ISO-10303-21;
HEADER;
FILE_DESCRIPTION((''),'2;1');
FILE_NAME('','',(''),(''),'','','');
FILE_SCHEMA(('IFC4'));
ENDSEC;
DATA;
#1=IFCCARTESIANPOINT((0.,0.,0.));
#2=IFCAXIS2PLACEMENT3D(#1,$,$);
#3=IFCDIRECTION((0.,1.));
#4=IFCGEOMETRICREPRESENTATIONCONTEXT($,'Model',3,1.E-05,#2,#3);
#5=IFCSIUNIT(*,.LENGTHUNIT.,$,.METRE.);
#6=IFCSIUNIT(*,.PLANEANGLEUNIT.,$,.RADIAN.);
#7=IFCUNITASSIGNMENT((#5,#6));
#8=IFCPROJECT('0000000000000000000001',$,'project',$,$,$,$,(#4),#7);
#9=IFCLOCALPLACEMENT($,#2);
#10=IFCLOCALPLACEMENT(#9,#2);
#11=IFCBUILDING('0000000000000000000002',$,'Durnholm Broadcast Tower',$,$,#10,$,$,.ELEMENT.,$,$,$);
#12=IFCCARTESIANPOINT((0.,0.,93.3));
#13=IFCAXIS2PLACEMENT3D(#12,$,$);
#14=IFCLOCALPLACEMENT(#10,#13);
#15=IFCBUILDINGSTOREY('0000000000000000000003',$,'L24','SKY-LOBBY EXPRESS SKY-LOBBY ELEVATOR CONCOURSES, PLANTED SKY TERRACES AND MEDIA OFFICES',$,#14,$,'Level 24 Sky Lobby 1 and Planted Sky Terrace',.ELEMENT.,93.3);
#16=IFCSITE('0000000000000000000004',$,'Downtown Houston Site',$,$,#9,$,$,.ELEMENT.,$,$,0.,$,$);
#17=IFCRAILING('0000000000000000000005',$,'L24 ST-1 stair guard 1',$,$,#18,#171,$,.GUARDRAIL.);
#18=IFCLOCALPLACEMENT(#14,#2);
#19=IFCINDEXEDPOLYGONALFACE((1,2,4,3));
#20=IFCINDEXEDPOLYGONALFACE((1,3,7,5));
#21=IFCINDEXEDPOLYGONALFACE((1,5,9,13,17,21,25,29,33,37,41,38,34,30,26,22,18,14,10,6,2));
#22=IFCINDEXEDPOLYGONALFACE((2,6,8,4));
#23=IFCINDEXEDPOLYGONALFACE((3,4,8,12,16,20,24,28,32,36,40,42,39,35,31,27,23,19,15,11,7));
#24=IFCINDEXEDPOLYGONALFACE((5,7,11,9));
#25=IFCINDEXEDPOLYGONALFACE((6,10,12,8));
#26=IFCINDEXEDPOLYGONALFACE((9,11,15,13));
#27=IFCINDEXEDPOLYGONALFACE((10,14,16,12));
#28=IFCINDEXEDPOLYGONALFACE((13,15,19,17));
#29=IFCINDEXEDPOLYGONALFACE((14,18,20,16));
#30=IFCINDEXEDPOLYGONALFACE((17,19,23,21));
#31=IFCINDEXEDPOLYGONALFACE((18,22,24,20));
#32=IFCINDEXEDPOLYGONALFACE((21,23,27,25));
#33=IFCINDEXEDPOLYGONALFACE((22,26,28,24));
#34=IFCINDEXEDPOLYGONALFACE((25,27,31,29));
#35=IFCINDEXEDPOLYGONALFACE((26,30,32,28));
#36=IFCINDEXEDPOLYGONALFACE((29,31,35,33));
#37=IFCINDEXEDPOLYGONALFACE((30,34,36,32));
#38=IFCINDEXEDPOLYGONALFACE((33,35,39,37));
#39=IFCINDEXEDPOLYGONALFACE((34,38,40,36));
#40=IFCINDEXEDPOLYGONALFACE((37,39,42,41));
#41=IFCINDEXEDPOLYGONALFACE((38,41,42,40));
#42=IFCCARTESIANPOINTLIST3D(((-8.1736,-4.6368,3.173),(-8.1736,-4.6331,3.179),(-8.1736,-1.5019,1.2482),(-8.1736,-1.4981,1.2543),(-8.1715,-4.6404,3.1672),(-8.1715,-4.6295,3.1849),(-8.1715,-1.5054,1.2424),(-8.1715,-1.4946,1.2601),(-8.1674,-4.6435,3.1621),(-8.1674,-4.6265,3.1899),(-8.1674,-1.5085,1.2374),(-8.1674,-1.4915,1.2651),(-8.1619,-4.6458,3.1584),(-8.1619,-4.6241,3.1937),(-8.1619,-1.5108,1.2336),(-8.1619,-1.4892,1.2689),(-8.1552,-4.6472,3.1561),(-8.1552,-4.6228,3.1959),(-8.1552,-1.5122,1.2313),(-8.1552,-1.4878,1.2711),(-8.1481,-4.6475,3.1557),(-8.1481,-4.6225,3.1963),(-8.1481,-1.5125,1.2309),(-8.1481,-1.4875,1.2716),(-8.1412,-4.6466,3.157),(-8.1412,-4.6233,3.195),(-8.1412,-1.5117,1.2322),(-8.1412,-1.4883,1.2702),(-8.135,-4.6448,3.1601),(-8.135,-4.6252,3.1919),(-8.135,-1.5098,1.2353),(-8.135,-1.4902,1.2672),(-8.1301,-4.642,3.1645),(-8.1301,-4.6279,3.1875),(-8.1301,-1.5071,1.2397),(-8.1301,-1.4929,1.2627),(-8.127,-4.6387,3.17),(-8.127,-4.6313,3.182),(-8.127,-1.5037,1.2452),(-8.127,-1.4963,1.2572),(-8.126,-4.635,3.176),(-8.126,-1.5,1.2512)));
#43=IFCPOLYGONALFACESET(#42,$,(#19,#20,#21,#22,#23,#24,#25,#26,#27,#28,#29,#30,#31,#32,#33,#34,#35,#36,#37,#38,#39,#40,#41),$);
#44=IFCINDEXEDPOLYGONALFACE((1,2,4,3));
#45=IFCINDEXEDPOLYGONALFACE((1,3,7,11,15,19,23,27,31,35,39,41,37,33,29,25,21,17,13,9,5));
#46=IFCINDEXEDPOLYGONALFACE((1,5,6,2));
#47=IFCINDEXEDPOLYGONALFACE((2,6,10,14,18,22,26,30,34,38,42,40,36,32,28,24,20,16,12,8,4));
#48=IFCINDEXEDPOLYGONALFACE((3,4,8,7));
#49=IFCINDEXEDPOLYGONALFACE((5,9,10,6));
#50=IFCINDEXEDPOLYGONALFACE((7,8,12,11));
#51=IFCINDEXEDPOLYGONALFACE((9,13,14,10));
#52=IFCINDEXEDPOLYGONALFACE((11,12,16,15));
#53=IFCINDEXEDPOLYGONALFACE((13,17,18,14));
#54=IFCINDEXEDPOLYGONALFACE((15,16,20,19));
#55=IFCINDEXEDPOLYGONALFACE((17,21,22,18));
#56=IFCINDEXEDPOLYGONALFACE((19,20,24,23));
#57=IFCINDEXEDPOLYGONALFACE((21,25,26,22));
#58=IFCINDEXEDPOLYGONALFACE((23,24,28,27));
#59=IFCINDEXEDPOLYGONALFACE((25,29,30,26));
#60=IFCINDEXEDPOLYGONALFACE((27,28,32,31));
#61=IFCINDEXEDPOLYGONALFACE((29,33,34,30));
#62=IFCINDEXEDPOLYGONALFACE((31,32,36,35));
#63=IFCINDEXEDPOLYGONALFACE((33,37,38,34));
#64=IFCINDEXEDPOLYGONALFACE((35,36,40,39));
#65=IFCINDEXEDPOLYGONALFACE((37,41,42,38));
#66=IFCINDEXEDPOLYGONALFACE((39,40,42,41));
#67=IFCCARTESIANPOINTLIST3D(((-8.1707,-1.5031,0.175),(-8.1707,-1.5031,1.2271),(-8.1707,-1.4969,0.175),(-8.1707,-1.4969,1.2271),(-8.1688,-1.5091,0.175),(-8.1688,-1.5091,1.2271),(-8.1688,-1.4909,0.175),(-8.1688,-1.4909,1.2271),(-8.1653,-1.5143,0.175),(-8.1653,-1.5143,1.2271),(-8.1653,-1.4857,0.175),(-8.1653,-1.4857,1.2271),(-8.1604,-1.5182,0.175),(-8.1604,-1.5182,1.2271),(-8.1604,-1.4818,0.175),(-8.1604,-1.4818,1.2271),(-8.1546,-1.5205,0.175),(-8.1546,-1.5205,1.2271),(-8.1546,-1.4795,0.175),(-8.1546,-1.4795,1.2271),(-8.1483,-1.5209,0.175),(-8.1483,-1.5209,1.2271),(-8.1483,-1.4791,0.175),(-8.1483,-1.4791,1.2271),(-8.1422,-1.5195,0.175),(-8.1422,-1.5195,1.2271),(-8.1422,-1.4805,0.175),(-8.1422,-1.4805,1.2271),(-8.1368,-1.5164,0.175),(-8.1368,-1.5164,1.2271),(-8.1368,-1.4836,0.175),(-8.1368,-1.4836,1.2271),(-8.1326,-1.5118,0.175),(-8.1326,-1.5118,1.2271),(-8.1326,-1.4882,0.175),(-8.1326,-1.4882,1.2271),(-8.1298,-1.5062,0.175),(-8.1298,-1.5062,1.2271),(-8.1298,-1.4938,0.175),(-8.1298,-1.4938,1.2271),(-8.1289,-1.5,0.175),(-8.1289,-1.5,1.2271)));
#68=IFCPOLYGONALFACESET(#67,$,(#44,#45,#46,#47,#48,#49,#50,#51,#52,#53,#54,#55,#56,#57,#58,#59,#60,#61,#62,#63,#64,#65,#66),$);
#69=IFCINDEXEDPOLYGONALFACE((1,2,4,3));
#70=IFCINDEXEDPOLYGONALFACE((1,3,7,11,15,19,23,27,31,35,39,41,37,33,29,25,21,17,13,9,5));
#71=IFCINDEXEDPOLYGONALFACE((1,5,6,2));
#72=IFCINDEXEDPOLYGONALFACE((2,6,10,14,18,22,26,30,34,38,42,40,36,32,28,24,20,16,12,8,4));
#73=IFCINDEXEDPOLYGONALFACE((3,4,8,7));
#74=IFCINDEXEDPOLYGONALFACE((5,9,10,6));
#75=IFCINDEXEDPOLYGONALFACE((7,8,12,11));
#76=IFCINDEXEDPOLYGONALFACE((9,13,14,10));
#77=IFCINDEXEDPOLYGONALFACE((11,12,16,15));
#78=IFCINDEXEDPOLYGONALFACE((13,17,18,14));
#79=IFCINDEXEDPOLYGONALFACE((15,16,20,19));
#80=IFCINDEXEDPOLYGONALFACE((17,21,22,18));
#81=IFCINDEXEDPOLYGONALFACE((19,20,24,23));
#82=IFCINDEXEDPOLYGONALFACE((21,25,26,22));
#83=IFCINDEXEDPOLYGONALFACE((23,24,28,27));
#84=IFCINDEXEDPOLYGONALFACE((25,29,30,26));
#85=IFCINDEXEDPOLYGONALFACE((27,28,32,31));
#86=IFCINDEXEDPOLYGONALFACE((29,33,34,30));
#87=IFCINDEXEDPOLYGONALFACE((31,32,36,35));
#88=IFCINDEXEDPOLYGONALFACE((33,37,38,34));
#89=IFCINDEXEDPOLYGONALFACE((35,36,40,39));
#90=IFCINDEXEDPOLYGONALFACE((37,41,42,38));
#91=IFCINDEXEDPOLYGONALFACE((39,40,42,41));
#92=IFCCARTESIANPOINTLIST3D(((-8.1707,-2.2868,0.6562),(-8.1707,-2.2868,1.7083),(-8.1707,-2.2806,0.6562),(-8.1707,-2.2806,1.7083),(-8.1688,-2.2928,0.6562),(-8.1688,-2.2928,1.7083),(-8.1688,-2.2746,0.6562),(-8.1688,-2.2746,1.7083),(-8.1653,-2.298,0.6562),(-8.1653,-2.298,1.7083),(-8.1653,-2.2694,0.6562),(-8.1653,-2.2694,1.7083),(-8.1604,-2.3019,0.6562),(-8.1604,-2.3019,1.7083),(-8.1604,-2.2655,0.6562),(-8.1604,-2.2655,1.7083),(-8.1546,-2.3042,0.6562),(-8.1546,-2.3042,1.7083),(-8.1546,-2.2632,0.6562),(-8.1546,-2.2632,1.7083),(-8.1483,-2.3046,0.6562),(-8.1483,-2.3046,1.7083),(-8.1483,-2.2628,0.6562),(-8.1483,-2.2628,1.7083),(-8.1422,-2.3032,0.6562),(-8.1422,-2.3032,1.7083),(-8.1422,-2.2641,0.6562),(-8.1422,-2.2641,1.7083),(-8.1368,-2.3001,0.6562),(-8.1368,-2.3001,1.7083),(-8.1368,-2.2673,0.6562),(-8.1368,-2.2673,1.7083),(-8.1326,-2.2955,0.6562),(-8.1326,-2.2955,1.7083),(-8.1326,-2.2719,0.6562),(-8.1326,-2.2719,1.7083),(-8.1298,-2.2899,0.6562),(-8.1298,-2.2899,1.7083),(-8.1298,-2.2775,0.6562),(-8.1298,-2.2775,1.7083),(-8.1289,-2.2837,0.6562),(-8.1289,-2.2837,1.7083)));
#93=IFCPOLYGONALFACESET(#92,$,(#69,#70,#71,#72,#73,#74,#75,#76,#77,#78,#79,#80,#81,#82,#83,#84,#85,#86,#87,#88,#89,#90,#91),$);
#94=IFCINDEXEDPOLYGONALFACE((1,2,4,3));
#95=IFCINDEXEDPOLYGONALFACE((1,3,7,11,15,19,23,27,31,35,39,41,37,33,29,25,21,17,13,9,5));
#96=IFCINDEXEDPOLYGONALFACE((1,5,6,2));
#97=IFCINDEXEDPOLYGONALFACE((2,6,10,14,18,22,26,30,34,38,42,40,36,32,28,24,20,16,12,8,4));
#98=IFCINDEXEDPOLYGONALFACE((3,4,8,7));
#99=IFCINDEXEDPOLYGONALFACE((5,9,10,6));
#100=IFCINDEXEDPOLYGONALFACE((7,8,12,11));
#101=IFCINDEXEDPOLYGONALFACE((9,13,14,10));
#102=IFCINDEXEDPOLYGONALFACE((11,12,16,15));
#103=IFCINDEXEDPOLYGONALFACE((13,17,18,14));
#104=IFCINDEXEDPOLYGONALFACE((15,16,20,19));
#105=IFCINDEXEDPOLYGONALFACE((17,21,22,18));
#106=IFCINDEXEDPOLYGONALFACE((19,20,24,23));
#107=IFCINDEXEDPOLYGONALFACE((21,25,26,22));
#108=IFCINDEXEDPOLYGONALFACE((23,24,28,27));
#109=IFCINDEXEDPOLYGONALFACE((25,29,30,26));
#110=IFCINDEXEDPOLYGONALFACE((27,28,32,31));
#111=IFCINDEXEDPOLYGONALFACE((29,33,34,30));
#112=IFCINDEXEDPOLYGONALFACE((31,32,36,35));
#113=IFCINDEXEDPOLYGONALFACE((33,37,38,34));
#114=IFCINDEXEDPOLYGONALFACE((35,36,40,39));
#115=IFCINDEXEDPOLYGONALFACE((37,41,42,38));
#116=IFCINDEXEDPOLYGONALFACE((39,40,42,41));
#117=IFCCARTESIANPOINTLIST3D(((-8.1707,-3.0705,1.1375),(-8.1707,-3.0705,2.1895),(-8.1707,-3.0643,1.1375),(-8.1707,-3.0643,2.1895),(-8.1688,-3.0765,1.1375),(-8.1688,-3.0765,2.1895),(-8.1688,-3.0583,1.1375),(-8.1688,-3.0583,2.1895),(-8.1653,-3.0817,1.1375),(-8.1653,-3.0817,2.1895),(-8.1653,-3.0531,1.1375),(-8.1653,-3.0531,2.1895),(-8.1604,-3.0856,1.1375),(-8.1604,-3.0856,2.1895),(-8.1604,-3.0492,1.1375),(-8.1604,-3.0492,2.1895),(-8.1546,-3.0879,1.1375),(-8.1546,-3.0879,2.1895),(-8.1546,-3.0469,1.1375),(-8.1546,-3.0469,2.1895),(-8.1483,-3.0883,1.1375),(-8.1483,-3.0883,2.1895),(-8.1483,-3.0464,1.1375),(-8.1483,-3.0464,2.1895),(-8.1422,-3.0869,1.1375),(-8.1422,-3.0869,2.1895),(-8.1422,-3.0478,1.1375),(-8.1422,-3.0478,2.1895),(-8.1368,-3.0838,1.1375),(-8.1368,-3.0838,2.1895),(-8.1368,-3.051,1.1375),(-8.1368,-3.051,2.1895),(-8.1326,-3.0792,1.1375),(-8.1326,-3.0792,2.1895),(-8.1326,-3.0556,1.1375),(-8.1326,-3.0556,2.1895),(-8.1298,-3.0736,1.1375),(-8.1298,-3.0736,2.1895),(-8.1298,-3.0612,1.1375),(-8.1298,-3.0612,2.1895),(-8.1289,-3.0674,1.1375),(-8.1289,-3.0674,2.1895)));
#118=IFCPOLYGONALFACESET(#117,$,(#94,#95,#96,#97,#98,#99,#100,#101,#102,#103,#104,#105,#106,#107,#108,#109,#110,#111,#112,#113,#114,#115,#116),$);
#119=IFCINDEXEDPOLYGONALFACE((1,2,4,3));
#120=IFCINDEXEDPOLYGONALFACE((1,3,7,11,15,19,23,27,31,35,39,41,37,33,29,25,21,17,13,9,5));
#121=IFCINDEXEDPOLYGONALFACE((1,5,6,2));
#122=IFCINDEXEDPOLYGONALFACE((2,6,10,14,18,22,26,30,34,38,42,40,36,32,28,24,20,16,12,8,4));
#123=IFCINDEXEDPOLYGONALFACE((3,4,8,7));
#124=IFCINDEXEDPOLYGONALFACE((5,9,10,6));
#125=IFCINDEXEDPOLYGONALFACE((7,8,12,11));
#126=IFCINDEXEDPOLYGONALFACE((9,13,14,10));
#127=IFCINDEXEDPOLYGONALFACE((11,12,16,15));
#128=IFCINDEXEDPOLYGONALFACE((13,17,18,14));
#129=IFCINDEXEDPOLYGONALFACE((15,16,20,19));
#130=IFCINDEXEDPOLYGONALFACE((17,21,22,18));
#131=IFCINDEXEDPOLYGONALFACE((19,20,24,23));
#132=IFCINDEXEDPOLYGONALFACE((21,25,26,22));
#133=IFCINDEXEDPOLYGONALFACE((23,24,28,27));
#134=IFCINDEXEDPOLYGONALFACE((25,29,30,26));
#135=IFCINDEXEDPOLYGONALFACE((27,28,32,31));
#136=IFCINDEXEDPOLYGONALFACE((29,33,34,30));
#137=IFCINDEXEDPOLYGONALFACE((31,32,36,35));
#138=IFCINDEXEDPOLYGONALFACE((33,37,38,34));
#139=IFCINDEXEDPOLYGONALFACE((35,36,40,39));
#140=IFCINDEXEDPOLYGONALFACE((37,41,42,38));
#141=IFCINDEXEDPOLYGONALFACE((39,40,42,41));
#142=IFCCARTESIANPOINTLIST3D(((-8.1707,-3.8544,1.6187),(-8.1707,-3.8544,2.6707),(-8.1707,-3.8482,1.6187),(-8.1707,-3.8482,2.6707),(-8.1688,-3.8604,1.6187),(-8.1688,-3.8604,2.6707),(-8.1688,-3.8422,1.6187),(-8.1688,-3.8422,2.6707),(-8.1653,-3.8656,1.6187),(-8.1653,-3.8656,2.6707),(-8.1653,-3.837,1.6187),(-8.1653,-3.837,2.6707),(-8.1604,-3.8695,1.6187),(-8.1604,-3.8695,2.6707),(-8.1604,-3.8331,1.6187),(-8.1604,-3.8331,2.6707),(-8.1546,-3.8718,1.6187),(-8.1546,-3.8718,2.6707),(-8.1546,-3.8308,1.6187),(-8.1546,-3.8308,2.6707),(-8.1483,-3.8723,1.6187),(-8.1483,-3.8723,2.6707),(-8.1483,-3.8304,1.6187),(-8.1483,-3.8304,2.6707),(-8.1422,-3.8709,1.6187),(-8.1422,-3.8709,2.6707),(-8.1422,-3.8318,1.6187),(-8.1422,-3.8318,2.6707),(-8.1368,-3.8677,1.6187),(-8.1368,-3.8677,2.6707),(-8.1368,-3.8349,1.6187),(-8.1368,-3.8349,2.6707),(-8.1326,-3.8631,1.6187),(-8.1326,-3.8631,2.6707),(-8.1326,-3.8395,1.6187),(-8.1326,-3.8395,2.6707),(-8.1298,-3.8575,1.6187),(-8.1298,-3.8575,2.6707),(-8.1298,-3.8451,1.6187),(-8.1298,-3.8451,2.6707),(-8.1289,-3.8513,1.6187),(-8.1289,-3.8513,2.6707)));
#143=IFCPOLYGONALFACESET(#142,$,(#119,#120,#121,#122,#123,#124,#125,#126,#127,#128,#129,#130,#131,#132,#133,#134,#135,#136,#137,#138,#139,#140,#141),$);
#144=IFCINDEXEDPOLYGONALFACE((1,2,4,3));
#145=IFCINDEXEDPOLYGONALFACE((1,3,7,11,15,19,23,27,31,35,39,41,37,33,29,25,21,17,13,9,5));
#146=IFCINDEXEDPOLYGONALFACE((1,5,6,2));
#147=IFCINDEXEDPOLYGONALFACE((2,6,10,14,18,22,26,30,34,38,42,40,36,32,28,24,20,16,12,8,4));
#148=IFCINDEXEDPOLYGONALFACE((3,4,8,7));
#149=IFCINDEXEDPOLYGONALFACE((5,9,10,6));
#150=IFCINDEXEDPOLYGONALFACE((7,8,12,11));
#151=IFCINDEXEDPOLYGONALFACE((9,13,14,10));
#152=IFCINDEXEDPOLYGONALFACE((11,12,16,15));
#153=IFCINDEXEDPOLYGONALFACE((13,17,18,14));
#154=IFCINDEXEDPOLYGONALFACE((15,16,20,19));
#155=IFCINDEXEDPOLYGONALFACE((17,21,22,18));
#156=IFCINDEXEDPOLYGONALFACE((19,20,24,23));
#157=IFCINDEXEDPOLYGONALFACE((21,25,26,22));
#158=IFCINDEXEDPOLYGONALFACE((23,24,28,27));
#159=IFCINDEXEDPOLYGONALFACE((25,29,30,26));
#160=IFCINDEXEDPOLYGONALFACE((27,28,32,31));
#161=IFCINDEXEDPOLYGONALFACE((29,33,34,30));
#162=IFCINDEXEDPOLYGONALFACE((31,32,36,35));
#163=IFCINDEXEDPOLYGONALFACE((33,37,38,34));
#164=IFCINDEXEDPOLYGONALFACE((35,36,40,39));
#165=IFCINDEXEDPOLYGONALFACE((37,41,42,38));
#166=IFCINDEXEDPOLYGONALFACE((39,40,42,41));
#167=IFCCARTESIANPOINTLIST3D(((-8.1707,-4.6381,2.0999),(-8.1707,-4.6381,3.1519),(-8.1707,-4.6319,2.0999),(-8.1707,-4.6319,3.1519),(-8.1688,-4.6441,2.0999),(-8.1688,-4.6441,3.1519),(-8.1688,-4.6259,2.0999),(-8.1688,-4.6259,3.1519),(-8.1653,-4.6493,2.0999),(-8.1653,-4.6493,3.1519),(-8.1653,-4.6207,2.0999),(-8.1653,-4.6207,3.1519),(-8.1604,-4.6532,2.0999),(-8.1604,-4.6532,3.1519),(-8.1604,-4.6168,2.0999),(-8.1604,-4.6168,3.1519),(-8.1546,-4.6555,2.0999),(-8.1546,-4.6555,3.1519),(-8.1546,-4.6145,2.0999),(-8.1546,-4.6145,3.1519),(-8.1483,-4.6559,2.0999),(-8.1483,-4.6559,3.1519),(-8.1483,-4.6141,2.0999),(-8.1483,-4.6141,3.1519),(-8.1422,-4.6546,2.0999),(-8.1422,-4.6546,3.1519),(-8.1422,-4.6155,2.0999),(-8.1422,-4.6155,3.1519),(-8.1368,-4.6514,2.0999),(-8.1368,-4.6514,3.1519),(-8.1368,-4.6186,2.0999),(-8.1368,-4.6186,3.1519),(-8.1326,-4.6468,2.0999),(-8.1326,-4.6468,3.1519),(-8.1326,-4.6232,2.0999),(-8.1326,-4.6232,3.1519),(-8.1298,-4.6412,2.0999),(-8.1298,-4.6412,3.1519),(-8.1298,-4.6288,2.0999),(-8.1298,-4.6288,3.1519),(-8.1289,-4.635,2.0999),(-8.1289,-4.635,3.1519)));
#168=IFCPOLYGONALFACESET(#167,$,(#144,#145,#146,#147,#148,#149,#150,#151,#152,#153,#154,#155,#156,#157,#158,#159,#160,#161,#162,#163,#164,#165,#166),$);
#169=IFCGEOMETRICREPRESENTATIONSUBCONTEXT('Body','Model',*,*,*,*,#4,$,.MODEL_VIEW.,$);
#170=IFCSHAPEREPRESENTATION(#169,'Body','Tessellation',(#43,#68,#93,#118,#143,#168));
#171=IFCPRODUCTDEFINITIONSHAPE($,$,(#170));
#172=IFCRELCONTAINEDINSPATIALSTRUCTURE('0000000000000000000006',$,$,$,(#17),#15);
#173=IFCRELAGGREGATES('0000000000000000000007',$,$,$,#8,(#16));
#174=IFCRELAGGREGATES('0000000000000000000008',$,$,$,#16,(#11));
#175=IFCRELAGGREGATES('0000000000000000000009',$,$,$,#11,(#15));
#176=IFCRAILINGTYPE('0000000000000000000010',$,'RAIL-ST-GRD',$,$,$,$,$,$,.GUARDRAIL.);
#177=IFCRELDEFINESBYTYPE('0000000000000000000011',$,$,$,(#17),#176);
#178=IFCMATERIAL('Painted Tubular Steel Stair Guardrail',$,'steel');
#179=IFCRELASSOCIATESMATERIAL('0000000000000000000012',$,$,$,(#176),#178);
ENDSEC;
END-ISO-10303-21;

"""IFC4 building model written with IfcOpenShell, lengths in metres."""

from ifc_helpers import new_model, si_unit, direction, frame, origin, origin_2d, place, context, subcontext, project, spatial, circle, extrude, material, type_object, element, save


model = new_model("IFC4")

# Units and contexts
model_context = context("Model", 3, precision=1e-05, world=origin(), true_north=direction((0.0, 1.0)))
body_context = subcontext(model_context, "Body", "Model", "MODEL_VIEW")
ifc_project = project(units=[si_unit("LENGTHUNIT", "METRE"), si_unit("PLANEANGLEUNIT", "RADIAN")], contexts=[model_context])

# Site, building, storey
site_placement = place(None, origin())
site = spatial("IfcSite", under=ifc_project, at=site_placement, Name="Downtown Houston Site", CompositionType="ELEMENT", RefElevation=0.0)
building_placement = place(site_placement, origin())
building = spatial("IfcBuilding", under=site, at=building_placement, Name="Durnholm Broadcast Tower", CompositionType="ELEMENT")
storey_placement = place(building_placement, frame((0.0, 0.0, 93.3)))
storey = spatial("IfcBuildingStorey", under=building, at=storey_placement, Name="L24", Description="SKY-LOBBY EXPRESS SKY-LOBBY ELEVATOR CONCOURSES, PLANTED SKY TERRACES AND MEDIA OFFICES", LongName="Level 24 Sky Lobby 1 and Planted Sky Terrace", CompositionType="ELEMENT", Elevation=93.3)

# Railing
ifc_material_1 = material(Name="Painted Tubular Steel Stair Guardrail", Category="steel")
railing_type_1 = type_object("IfcRailingType", Name="RAIL-ST-GRD", PredefinedType="GUARDRAIL", material=ifc_material_1)
railing_1_placement = place(storey_placement, frame((-8.1499, -1.5, 0.175)))
element("IfcRailing", 1, at=railing_1_placement, inside=storey, type_object=railing_type_1, Name="L24 ST-1 stair guard 1", PredefinedType="GUARDRAIL", context=body_context, shape_type="SweptSolid", body=[
    extrude(circle(Radius=0.0239, at=origin_2d()), frame((0.0, 0.0, 1.0762), z_axis=(0.0, -0.852196, 0.523223), x_axis=(1.0, 0.0, 0.0)), (0.0, 0.0, 1.0), 3.6787),
    extrude(circle(Radius=0.021, at=origin_2d()), origin(), (0.0, 0.0, 1.0), 1.052),
    extrude(circle(Radius=0.021, at=origin_2d()), frame((0.0, -0.7837, 0.4812)), (0.0, 0.0, 1.0), 1.052),
    extrude(circle(Radius=0.021, at=origin_2d()), frame((0.0, -1.5674, 0.9624)), (0.0, 0.0, 1.0), 1.052),
    extrude(circle(Radius=0.021, at=origin_2d()), frame((0.0, -2.3513, 1.4436)), (0.0, 0.0, 1.0), 1.052),
    extrude(circle(Radius=0.021, at=origin_2d()), frame((0.0, -3.135, 1.9248)), (0.0, 0.0, 1.0), 1.052),
])

save(model, "model.ifc")
